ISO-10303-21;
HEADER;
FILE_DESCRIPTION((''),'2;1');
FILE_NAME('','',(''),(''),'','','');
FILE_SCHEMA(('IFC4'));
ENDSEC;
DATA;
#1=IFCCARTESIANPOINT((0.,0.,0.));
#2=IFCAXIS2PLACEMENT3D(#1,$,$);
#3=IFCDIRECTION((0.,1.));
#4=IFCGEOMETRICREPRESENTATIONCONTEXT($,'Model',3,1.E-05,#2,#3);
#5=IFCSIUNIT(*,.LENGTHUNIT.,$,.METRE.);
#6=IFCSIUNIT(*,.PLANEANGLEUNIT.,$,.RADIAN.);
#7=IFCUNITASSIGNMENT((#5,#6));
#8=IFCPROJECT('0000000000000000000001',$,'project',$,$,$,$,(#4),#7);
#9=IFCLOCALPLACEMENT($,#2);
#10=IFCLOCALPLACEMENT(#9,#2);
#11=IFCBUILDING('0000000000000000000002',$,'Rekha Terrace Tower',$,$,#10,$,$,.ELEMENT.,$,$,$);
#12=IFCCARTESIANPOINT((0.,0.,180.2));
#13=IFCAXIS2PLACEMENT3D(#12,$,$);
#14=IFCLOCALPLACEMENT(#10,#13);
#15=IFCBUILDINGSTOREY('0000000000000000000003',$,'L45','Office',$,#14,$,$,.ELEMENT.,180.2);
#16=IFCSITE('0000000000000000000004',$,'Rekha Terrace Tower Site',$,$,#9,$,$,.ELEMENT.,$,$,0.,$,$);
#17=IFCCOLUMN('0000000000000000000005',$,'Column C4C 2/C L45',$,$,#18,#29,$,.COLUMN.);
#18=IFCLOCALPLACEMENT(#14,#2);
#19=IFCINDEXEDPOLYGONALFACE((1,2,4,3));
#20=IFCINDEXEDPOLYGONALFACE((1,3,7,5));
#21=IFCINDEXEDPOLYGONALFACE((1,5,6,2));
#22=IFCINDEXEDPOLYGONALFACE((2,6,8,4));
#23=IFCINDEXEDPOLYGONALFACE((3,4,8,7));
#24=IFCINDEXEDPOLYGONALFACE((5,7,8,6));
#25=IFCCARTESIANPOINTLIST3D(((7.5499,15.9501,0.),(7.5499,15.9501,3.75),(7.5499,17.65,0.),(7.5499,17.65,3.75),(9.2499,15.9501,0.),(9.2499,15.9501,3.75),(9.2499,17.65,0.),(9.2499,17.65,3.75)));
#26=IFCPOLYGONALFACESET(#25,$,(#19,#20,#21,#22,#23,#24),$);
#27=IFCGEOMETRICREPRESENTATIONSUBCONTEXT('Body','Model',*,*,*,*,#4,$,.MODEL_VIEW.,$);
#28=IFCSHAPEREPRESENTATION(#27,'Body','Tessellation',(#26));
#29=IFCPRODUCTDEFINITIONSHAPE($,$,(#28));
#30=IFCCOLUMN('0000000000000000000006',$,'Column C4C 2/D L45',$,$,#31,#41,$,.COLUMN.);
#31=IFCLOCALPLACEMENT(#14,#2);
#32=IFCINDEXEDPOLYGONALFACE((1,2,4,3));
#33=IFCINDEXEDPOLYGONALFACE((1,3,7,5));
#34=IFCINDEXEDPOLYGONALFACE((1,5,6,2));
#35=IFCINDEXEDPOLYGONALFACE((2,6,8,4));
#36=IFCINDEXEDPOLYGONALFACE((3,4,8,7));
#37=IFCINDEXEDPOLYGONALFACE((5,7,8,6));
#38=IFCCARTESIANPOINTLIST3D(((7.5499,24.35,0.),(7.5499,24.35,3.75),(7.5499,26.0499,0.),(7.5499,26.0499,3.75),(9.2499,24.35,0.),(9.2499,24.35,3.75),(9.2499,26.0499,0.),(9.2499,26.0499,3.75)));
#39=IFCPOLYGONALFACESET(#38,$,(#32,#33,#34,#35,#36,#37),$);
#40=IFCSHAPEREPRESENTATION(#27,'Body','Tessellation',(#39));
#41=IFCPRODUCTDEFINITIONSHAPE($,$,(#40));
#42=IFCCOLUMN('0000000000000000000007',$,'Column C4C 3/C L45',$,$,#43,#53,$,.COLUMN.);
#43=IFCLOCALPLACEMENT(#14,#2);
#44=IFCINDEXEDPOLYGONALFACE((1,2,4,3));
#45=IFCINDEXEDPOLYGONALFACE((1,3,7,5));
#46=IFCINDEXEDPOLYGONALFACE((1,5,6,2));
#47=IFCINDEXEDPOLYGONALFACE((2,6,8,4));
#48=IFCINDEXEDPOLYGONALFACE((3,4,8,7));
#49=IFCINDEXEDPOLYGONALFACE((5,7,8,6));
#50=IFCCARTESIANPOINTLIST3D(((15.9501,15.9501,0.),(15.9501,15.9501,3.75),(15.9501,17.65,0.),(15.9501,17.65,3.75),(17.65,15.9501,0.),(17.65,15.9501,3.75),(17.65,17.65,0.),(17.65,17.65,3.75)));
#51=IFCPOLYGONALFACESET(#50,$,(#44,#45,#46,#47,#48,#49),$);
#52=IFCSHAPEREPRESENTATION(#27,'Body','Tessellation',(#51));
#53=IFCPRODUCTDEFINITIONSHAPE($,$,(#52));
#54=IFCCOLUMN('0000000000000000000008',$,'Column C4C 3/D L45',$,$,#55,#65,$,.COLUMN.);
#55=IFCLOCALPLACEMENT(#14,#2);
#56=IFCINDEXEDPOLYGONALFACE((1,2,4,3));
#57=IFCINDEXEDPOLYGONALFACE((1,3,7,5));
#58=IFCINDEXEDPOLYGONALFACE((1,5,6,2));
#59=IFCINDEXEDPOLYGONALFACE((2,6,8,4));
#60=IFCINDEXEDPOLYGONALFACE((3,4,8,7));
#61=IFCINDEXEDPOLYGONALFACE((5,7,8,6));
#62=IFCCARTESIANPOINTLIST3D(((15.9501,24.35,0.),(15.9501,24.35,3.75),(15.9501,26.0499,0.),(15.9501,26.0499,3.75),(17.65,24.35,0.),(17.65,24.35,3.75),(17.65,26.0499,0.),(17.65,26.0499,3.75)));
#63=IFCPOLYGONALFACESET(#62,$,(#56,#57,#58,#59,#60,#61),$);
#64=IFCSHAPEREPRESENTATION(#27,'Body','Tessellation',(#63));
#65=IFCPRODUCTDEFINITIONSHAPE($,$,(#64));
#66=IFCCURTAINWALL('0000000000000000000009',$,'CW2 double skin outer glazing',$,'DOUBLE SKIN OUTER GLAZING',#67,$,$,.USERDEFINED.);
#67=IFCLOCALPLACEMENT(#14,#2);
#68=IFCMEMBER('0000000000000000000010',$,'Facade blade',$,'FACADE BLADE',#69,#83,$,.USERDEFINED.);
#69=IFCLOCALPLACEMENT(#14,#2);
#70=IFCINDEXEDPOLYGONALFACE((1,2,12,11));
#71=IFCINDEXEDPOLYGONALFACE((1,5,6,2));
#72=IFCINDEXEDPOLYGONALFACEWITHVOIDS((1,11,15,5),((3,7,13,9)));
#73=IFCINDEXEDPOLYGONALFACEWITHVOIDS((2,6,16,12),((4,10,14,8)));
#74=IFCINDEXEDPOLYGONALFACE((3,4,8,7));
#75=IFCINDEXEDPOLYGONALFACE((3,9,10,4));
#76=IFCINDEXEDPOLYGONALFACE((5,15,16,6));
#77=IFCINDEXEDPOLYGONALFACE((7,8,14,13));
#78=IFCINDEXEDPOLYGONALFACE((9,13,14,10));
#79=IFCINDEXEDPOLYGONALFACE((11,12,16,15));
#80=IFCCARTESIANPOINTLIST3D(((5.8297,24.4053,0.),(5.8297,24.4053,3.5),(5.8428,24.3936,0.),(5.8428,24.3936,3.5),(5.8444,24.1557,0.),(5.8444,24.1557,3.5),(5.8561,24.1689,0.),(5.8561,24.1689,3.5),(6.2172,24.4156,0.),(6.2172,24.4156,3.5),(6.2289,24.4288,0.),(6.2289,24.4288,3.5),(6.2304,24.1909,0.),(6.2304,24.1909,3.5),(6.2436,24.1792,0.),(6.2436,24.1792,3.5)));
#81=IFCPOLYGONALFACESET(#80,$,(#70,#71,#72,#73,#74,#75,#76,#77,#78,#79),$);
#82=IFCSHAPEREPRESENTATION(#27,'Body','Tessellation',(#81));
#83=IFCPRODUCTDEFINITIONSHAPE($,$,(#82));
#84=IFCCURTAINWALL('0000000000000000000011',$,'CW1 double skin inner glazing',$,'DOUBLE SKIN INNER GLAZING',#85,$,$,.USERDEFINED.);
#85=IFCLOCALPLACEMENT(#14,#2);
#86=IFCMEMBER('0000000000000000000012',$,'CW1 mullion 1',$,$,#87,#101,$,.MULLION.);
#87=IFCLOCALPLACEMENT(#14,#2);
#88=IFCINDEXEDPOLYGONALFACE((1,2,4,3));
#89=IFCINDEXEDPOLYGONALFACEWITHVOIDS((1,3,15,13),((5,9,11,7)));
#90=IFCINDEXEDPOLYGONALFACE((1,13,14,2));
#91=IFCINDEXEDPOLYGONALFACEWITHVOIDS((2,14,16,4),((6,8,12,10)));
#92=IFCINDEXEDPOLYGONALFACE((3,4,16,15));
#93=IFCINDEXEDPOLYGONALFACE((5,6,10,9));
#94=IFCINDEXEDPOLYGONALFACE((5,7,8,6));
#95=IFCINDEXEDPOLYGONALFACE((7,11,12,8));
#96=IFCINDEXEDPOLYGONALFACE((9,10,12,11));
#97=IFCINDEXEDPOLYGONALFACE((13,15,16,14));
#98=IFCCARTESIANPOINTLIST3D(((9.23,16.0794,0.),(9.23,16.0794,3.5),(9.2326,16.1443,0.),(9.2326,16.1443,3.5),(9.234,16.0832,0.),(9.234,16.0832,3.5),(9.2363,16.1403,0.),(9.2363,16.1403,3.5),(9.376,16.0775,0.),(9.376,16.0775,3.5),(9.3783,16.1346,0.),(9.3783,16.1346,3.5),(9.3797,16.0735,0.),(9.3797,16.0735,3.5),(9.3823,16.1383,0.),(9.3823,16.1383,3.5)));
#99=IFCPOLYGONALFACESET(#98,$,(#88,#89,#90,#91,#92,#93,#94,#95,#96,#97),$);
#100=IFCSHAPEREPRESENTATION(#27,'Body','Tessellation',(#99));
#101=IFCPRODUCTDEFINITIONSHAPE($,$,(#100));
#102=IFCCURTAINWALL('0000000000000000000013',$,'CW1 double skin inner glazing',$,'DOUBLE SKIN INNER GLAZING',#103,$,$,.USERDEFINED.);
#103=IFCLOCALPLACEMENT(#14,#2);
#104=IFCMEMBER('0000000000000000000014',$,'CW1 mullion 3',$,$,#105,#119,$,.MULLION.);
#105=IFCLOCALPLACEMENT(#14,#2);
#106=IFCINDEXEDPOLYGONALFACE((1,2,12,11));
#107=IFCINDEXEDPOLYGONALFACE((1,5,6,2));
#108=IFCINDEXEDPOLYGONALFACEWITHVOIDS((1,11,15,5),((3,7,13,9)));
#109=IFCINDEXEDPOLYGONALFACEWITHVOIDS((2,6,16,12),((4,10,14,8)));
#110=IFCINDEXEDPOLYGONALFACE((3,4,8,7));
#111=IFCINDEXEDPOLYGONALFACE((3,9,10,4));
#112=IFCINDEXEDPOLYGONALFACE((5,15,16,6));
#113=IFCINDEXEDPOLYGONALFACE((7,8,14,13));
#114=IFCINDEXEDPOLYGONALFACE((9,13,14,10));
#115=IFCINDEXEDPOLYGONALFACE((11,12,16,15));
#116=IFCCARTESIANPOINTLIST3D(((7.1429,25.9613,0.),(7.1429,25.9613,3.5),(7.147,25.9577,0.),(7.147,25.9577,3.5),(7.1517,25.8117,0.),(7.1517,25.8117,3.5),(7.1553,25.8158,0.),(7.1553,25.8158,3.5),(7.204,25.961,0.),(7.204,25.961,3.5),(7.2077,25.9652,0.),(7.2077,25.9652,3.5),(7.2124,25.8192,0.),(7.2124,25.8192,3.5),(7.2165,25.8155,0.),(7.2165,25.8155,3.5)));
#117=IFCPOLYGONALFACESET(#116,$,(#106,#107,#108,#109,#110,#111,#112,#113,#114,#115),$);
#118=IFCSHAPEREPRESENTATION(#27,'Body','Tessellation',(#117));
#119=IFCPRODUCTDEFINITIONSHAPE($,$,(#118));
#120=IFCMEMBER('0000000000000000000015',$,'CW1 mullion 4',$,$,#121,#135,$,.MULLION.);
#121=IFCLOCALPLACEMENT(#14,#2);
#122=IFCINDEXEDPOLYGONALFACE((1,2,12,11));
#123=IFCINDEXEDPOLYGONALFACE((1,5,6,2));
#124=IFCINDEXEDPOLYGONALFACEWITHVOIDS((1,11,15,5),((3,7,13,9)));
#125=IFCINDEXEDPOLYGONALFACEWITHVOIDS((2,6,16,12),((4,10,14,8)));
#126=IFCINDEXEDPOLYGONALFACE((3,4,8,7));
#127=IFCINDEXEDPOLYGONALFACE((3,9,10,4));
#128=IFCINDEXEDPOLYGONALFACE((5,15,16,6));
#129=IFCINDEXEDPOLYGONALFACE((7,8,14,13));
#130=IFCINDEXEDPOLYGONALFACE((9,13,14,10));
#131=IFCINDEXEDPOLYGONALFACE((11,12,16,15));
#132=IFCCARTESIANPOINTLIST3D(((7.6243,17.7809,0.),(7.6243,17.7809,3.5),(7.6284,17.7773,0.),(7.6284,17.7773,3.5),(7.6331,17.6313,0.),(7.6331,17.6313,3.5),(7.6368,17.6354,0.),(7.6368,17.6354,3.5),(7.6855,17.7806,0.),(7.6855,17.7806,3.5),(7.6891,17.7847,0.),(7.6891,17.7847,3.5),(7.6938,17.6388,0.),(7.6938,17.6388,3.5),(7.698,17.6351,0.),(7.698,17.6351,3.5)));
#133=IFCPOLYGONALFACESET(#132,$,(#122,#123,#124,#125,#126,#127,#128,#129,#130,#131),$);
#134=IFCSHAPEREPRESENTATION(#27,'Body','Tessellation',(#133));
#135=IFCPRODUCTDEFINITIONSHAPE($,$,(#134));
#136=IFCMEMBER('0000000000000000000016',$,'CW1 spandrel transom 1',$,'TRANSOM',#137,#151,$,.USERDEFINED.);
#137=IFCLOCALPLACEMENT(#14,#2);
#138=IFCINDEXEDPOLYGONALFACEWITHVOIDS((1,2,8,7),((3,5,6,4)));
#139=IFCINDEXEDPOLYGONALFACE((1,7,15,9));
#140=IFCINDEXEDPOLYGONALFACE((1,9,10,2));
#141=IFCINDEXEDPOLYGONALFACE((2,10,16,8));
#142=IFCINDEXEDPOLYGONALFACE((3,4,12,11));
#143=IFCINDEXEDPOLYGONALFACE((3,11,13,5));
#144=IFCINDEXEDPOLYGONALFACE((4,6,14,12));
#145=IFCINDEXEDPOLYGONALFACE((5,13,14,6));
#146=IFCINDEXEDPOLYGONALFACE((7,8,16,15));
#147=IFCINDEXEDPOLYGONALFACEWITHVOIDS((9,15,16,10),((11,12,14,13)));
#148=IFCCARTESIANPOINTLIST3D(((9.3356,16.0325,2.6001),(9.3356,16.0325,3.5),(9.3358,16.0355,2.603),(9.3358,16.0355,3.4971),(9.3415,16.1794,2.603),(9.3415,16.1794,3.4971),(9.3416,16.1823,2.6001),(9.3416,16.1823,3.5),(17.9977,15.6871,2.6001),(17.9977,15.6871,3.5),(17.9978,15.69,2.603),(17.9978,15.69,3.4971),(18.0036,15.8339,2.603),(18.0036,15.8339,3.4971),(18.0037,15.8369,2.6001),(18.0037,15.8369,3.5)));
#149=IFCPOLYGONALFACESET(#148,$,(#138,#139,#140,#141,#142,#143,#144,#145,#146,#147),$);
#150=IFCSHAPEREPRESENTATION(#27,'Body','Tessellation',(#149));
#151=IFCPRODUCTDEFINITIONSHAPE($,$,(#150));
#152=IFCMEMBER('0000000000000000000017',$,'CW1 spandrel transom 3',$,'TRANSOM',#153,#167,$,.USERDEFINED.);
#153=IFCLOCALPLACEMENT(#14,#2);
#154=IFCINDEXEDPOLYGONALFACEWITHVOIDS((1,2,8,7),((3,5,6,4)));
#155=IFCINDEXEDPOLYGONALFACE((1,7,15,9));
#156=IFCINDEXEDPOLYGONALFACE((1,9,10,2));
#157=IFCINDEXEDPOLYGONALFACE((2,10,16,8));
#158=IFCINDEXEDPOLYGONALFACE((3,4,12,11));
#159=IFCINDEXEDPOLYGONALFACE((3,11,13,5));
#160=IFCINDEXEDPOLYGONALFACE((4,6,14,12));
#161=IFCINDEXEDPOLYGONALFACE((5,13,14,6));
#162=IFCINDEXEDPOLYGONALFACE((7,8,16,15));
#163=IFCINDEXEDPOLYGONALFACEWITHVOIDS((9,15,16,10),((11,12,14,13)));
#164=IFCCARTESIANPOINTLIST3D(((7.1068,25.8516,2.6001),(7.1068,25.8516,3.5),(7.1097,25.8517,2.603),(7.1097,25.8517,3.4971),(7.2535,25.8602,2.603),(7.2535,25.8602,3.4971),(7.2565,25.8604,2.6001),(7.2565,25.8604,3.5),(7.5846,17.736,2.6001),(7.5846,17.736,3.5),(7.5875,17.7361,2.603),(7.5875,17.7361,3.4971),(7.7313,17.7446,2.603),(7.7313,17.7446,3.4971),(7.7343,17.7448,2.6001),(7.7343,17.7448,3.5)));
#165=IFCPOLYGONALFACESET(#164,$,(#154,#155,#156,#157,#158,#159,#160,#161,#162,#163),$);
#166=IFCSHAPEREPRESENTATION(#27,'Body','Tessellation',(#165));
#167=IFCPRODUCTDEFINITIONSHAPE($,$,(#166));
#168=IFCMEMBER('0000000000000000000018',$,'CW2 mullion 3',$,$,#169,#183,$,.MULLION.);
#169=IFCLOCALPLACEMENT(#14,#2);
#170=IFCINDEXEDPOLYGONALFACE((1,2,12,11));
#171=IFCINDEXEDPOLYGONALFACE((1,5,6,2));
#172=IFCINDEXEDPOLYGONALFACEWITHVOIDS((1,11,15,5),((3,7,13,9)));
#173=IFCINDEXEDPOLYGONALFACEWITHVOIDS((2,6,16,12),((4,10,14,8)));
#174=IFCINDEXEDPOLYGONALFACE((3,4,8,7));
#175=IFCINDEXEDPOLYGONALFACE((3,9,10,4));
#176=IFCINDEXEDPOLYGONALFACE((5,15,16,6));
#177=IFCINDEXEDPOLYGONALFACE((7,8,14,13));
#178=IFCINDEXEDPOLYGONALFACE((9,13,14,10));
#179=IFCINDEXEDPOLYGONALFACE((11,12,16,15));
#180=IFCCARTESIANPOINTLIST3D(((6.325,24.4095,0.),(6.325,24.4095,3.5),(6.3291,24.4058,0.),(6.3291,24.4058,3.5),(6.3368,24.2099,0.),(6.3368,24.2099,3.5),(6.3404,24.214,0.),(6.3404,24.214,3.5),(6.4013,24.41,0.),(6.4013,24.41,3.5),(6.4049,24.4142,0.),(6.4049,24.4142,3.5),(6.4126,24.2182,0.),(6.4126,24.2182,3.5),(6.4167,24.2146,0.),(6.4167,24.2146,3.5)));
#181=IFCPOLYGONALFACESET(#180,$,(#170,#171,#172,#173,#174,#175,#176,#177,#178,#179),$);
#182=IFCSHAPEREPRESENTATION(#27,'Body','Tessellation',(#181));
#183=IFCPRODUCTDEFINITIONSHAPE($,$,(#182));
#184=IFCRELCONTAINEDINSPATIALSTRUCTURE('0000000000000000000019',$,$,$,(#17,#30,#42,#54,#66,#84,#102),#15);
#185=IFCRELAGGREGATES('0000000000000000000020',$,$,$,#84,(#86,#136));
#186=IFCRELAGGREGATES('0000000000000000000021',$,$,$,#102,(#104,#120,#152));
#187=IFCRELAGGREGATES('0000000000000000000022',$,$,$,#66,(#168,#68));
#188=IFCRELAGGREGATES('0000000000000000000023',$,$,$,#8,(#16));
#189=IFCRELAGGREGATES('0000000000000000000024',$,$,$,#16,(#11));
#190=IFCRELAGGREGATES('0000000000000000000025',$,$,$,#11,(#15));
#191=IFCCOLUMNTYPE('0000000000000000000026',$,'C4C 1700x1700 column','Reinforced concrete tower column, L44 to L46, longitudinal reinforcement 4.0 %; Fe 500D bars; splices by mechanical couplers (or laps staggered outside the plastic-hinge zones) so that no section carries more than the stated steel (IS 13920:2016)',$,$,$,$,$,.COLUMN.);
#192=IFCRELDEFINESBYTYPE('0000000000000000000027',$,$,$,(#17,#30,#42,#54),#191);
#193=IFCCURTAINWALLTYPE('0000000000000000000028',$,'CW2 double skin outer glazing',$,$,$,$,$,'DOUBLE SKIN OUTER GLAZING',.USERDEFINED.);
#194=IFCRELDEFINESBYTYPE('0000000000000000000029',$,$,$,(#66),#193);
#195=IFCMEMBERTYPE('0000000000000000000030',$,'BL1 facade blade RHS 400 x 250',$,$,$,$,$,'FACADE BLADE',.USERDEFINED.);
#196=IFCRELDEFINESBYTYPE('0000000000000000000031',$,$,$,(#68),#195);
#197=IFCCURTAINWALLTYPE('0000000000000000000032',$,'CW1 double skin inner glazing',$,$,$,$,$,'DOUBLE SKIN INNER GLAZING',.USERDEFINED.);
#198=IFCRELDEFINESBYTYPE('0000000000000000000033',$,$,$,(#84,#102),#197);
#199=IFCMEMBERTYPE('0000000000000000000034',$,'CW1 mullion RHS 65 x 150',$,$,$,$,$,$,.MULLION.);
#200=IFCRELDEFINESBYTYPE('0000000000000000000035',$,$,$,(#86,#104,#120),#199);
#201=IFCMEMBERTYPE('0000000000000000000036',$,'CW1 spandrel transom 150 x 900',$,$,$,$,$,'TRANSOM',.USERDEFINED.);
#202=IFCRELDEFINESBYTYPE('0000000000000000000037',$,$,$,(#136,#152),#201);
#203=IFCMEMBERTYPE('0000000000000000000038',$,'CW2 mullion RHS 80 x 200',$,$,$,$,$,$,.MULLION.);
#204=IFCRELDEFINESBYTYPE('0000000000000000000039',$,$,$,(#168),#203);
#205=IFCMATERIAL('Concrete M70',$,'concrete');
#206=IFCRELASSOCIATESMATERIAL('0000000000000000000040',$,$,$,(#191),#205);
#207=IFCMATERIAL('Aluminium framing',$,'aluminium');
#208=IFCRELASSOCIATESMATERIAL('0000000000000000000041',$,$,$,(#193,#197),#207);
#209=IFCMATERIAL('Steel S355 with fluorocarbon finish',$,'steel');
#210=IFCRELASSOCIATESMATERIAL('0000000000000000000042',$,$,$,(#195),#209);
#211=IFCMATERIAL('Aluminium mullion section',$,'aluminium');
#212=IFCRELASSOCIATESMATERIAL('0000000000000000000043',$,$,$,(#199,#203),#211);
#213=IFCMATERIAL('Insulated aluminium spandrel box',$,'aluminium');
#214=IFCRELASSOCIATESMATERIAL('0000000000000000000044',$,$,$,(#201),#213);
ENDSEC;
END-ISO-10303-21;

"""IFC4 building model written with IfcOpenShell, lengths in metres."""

from ifc_helpers import new_model, si_unit, direction, frame, origin, origin_2d, place, context, subcontext, project, spatial, rectangle, hollow_rectangle, extrude, material, material_profile, profile_set, type_object, element, aggregate, save


model = new_model("IFC4")

# Units and contexts
model_context = context("Model", 3, precision=1e-05, world=origin(), true_north=direction((0.0, 1.0)))
body_context = subcontext(model_context, "Body", "Model", "MODEL_VIEW")
ifc_project = project(units=[si_unit("LENGTHUNIT", "METRE"), si_unit("PLANEANGLEUNIT", "RADIAN")], contexts=[model_context])

# Site, building, storey
site_placement = place(None, origin())
site = spatial("IfcSite", under=ifc_project, at=site_placement, Name="Rekha Terrace Tower Site", CompositionType="ELEMENT", RefElevation=0.0)
building_placement = place(site_placement, origin())
building = spatial("IfcBuilding", under=site, at=building_placement, Name="Rekha Terrace Tower", CompositionType="ELEMENT")
storey_placement = place(building_placement, frame((0.0, 0.0, 180.2)))
storey = spatial("IfcBuildingStorey", under=building, at=storey_placement, Name="L45", Description="Office", CompositionType="ELEMENT", Elevation=180.2)

# Columns
ifc_material_1 = material(Name="Concrete M70", Category="concrete")
ifc_material_profile_1 = material_profile(ifc_material_1, rectangle(XDim=1.7, YDim=1.7, at=origin_2d()), Name="RC 1700x1700")
ifc_profile_set_1 = profile_set([ifc_material_profile_1], Name="Concrete M70")
column_type = type_object("IfcColumnType", Name="C4C 1700x1700 column", Description="Reinforced concrete tower column, L44 to L46, longitudinal reinforcement 4.0 %; Fe 500D bars; splices by mechanical couplers (or laps staggered outside the plastic-hinge zones) so that no section carries more than the stated steel (IS 13920:2016)", PredefinedType="COLUMN", material=ifc_profile_set_1)
for number, where, z_axis, x_axis, name in (
    (1, (8.3999, 16.8, 0.0), (0.0, 0.0, 1.0), (1.0, 0.0, 0.0), "Column C4C 2/C L45"),
    (2, (8.3999, 25.2, 0.0), (0.0, 0.0, 1.0), (1.0, 0.0, 0.0), "Column C4C 2/D L45"),
    (3, (16.8, 16.8, 0.0), (0.0, 0.0, 1.0), (1.0, 0.0, 0.0), "Column C4C 3/C L45"),
    (4, (16.8, 25.2, 0.0), (0.0, 0.0, 1.0), (1.0, 0.0, 0.0), "Column C4C 3/D L45"),
):
    element("IfcColumn", number, at=place(storey_placement, frame(where, z_axis=z_axis, x_axis=x_axis)), inside=storey, type_object=column_type, Name=name, PredefinedType="COLUMN", context=body_context, shape_type="SweptSolid", body=[
        extrude(rectangle(XDim=1.7, YDim=1.7, at=origin_2d()), origin(), (0.0, 0.0, 1.0), 3.75),
    ])

# Curtain walls, members
ifc_material_2 = material(Name="Aluminium framing", Category="aluminium")
curtain_wall_type_1 = type_object("IfcCurtainWallType", Name="CW2 double skin outer glazing", ElementType="DOUBLE SKIN OUTER GLAZING", PredefinedType="USERDEFINED", material=ifc_material_2)
curtain_wall_1_placement = place(storey_placement, origin())
curtain_wall_1 = element("IfcCurtainWall", 5, at=curtain_wall_1_placement, inside=storey, type_object=curtain_wall_type_1, Name="CW2 double skin outer glazing", ObjectType="DOUBLE SKIN OUTER GLAZING", PredefinedType="USERDEFINED")
ifc_material_3 = material(Name="Steel S355 with fluorocarbon finish", Category="steel")
ifc_material_profile_2 = material_profile(ifc_material_3, hollow_rectangle(XDim=0.25, YDim=0.3999, WallThickness=0.0125, at=origin_2d()), Name="RHS400x250x12.5")
ifc_profile_set_2 = profile_set([ifc_material_profile_2], Name="Steel S355 with fluorocarbon finish")
member_type_1 = type_object("IfcMemberType", Name="BL1 facade blade RHS 400 x 250", ElementType="FACADE BLADE", PredefinedType="USERDEFINED", material=ifc_profile_set_2)
member_1_placement = place(storey_placement, frame((6.0366, 24.2922, 0.0), z_axis=(0.0, 0.0, 1.0), x_axis=(0.058765, -0.998272, 0.0)))
member_1 = element("IfcMember", 6, at=member_1_placement, type_object=member_type_1, Name="Facade blade", ObjectType="FACADE BLADE", PredefinedType="USERDEFINED", context=body_context, shape_type="SweptSolid", body=[
    extrude(hollow_rectangle(XDim=0.25, YDim=0.3999, WallThickness=0.0125, at=origin_2d()), origin(), (0.0, 0.0, 1.0), 3.5),
])
curtain_wall_type_2 = type_object("IfcCurtainWallType", Name="CW1 double skin inner glazing", ElementType="DOUBLE SKIN INNER GLAZING", PredefinedType="USERDEFINED", material=ifc_material_2)
curtain_wall_2_placement = place(storey_placement, origin())
curtain_wall_2 = element("IfcCurtainWall", 7, at=curtain_wall_2_placement, inside=storey, type_object=curtain_wall_type_2, Name="CW1 double skin inner glazing", ObjectType="DOUBLE SKIN INNER GLAZING", PredefinedType="USERDEFINED")
ifc_material_4 = material(Name="Aluminium mullion section", Category="aluminium")
ifc_material_profile_3 = material_profile(ifc_material_4, hollow_rectangle(XDim=0.0649, YDim=0.1499, WallThickness=0.0039, at=origin_2d()), Name="AL RHS 65x150")
ifc_profile_set_3 = profile_set([ifc_material_profile_3], Name="Aluminium mullion section")
member_type_2 = type_object("IfcMemberType", Name="CW1 mullion RHS 65 x 150", PredefinedType="MULLION", material=ifc_profile_set_3)
member_2_placement = place(storey_placement, frame((9.3062, 16.1089, 0.0), z_axis=(0.0, 0.0, 1.0), x_axis=(0.039872, 0.999205, 0.0)))
member_2 = element("IfcMember", 8, at=member_2_placement, type_object=member_type_2, Name="CW1 mullion 1", PredefinedType="MULLION", context=body_context, shape_type="SweptSolid", body=[
    extrude(hollow_rectangle(XDim=0.0649, YDim=0.1499, WallThickness=0.0039, at=origin_2d()), origin(), (0.0, 0.0, 1.0), 3.5),
])

# Curtain wall, members
curtain_wall_3_placement = place(storey_placement, origin())
curtain_wall_3 = element("IfcCurtainWall", 9, at=curtain_wall_3_placement, inside=storey, type_object=curtain_wall_type_2, Name="CW1 double skin inner glazing", ObjectType="DOUBLE SKIN INNER GLAZING", PredefinedType="USERDEFINED")
member_3_placement = place(storey_placement, frame((7.1797, 25.8884, 0.0), z_axis=(0.0, 0.0, 1.0), x_axis=(0.998272, 0.058765, 0.0)))
member_3 = element("IfcMember", 10, at=member_3_placement, type_object=member_type_2, Name="CW1 mullion 3", PredefinedType="MULLION", context=body_context, shape_type="SweptSolid", body=[
    extrude(hollow_rectangle(XDim=0.0649, YDim=0.1499, WallThickness=0.0039, at=origin_2d()), origin(), (0.0, 0.0, 1.0), 3.5),
])
member_4_placement = place(storey_placement, frame((7.6611, 17.708, 0.0), z_axis=(0.0, 0.0, 1.0), x_axis=(0.998272, 0.058765, 0.0)))
member_4 = element("IfcMember", 11, at=member_4_placement, type_object=member_type_2, Name="CW1 mullion 4", PredefinedType="MULLION", context=body_context, shape_type="SweptSolid", body=[
    extrude(hollow_rectangle(XDim=0.0649, YDim=0.1499, WallThickness=0.0039, at=origin_2d()), origin(), (0.0, 0.0, 1.0), 3.5),
])

# Members
ifc_material_5 = material(Name="Insulated aluminium spandrel box", Category="aluminium")
ifc_material_profile_4 = material_profile(ifc_material_5, hollow_rectangle(XDim=0.1499, YDim=0.8999, WallThickness=0.0029, at=origin_2d()), Name="AL SPANDREL BOX 150x900")
ifc_profile_set_4 = profile_set([ifc_material_profile_4], Name="Insulated aluminium spandrel box")
member_type_3 = type_object("IfcMemberType", Name="CW1 spandrel transom 150 x 900", ElementType="TRANSOM", PredefinedType="USERDEFINED", material=ifc_profile_set_4)
member_5_placement = place(storey_placement, frame((9.3386, 16.1074, 3.05), z_axis=(0.999206, -0.03985, 0.0), x_axis=(0.03985, 0.999206, 0.0)))
member_5 = element("IfcMember", 12, at=member_5_placement, type_object=member_type_3, Name="CW1 spandrel transom 1", ObjectType="TRANSOM", PredefinedType="USERDEFINED", context=body_context, shape_type="SweptSolid", body=[
    extrude(hollow_rectangle(XDim=0.1499, YDim=0.8999, WallThickness=0.0029, at=origin_2d()), origin(), (0.0, 0.0, 1.0), 8.6689),
])
member_6_placement = place(storey_placement, frame((7.1816, 25.856, 3.05), z_axis=(0.058771, -0.998271, 0.0), x_axis=(0.998271, 0.058771, 0.0)))
member_6 = element("IfcMember", 13, at=member_6_placement, type_object=member_type_3, Name="CW1 spandrel transom 3", ObjectType="TRANSOM", PredefinedType="USERDEFINED", context=body_context, shape_type="SweptSolid", body=[
    extrude(hollow_rectangle(XDim=0.1499, YDim=0.8999, WallThickness=0.0029, at=origin_2d()), origin(), (0.0, 0.0, 1.0), 8.1296),
])
ifc_material_profile_5 = material_profile(ifc_material_4, hollow_rectangle(XDim=0.0801, YDim=0.2, WallThickness=0.0039, at=origin_2d()), Name="AL RHS 80x200")
ifc_profile_set_5 = profile_set([ifc_material_profile_5], Name="Aluminium mullion section")
member_type_4 = type_object("IfcMemberType", Name="CW2 mullion RHS 80 x 200", PredefinedType="MULLION", material=ifc_profile_set_5)
member_7_placement = place(storey_placement, frame((6.3708, 24.312, 0.0), z_axis=(0.0, 0.0, 1.0), x_axis=(0.998272, 0.058765, 0.0)))
member_7 = element("IfcMember", 14, at=member_7_placement, type_object=member_type_4, Name="CW2 mullion 3", PredefinedType="MULLION", context=body_context, shape_type="SweptSolid", body=[
    extrude(hollow_rectangle(XDim=0.0801, YDim=0.2, WallThickness=0.0039, at=origin_2d()), origin(), (0.0, 0.0, 1.0), 3.5),
])

aggregate(curtain_wall_2, [member_2, member_5])
aggregate(curtain_wall_3, [member_3, member_4, member_6])
aggregate(curtain_wall_1, [member_7, member_1])

save(model, "model.ifc")
